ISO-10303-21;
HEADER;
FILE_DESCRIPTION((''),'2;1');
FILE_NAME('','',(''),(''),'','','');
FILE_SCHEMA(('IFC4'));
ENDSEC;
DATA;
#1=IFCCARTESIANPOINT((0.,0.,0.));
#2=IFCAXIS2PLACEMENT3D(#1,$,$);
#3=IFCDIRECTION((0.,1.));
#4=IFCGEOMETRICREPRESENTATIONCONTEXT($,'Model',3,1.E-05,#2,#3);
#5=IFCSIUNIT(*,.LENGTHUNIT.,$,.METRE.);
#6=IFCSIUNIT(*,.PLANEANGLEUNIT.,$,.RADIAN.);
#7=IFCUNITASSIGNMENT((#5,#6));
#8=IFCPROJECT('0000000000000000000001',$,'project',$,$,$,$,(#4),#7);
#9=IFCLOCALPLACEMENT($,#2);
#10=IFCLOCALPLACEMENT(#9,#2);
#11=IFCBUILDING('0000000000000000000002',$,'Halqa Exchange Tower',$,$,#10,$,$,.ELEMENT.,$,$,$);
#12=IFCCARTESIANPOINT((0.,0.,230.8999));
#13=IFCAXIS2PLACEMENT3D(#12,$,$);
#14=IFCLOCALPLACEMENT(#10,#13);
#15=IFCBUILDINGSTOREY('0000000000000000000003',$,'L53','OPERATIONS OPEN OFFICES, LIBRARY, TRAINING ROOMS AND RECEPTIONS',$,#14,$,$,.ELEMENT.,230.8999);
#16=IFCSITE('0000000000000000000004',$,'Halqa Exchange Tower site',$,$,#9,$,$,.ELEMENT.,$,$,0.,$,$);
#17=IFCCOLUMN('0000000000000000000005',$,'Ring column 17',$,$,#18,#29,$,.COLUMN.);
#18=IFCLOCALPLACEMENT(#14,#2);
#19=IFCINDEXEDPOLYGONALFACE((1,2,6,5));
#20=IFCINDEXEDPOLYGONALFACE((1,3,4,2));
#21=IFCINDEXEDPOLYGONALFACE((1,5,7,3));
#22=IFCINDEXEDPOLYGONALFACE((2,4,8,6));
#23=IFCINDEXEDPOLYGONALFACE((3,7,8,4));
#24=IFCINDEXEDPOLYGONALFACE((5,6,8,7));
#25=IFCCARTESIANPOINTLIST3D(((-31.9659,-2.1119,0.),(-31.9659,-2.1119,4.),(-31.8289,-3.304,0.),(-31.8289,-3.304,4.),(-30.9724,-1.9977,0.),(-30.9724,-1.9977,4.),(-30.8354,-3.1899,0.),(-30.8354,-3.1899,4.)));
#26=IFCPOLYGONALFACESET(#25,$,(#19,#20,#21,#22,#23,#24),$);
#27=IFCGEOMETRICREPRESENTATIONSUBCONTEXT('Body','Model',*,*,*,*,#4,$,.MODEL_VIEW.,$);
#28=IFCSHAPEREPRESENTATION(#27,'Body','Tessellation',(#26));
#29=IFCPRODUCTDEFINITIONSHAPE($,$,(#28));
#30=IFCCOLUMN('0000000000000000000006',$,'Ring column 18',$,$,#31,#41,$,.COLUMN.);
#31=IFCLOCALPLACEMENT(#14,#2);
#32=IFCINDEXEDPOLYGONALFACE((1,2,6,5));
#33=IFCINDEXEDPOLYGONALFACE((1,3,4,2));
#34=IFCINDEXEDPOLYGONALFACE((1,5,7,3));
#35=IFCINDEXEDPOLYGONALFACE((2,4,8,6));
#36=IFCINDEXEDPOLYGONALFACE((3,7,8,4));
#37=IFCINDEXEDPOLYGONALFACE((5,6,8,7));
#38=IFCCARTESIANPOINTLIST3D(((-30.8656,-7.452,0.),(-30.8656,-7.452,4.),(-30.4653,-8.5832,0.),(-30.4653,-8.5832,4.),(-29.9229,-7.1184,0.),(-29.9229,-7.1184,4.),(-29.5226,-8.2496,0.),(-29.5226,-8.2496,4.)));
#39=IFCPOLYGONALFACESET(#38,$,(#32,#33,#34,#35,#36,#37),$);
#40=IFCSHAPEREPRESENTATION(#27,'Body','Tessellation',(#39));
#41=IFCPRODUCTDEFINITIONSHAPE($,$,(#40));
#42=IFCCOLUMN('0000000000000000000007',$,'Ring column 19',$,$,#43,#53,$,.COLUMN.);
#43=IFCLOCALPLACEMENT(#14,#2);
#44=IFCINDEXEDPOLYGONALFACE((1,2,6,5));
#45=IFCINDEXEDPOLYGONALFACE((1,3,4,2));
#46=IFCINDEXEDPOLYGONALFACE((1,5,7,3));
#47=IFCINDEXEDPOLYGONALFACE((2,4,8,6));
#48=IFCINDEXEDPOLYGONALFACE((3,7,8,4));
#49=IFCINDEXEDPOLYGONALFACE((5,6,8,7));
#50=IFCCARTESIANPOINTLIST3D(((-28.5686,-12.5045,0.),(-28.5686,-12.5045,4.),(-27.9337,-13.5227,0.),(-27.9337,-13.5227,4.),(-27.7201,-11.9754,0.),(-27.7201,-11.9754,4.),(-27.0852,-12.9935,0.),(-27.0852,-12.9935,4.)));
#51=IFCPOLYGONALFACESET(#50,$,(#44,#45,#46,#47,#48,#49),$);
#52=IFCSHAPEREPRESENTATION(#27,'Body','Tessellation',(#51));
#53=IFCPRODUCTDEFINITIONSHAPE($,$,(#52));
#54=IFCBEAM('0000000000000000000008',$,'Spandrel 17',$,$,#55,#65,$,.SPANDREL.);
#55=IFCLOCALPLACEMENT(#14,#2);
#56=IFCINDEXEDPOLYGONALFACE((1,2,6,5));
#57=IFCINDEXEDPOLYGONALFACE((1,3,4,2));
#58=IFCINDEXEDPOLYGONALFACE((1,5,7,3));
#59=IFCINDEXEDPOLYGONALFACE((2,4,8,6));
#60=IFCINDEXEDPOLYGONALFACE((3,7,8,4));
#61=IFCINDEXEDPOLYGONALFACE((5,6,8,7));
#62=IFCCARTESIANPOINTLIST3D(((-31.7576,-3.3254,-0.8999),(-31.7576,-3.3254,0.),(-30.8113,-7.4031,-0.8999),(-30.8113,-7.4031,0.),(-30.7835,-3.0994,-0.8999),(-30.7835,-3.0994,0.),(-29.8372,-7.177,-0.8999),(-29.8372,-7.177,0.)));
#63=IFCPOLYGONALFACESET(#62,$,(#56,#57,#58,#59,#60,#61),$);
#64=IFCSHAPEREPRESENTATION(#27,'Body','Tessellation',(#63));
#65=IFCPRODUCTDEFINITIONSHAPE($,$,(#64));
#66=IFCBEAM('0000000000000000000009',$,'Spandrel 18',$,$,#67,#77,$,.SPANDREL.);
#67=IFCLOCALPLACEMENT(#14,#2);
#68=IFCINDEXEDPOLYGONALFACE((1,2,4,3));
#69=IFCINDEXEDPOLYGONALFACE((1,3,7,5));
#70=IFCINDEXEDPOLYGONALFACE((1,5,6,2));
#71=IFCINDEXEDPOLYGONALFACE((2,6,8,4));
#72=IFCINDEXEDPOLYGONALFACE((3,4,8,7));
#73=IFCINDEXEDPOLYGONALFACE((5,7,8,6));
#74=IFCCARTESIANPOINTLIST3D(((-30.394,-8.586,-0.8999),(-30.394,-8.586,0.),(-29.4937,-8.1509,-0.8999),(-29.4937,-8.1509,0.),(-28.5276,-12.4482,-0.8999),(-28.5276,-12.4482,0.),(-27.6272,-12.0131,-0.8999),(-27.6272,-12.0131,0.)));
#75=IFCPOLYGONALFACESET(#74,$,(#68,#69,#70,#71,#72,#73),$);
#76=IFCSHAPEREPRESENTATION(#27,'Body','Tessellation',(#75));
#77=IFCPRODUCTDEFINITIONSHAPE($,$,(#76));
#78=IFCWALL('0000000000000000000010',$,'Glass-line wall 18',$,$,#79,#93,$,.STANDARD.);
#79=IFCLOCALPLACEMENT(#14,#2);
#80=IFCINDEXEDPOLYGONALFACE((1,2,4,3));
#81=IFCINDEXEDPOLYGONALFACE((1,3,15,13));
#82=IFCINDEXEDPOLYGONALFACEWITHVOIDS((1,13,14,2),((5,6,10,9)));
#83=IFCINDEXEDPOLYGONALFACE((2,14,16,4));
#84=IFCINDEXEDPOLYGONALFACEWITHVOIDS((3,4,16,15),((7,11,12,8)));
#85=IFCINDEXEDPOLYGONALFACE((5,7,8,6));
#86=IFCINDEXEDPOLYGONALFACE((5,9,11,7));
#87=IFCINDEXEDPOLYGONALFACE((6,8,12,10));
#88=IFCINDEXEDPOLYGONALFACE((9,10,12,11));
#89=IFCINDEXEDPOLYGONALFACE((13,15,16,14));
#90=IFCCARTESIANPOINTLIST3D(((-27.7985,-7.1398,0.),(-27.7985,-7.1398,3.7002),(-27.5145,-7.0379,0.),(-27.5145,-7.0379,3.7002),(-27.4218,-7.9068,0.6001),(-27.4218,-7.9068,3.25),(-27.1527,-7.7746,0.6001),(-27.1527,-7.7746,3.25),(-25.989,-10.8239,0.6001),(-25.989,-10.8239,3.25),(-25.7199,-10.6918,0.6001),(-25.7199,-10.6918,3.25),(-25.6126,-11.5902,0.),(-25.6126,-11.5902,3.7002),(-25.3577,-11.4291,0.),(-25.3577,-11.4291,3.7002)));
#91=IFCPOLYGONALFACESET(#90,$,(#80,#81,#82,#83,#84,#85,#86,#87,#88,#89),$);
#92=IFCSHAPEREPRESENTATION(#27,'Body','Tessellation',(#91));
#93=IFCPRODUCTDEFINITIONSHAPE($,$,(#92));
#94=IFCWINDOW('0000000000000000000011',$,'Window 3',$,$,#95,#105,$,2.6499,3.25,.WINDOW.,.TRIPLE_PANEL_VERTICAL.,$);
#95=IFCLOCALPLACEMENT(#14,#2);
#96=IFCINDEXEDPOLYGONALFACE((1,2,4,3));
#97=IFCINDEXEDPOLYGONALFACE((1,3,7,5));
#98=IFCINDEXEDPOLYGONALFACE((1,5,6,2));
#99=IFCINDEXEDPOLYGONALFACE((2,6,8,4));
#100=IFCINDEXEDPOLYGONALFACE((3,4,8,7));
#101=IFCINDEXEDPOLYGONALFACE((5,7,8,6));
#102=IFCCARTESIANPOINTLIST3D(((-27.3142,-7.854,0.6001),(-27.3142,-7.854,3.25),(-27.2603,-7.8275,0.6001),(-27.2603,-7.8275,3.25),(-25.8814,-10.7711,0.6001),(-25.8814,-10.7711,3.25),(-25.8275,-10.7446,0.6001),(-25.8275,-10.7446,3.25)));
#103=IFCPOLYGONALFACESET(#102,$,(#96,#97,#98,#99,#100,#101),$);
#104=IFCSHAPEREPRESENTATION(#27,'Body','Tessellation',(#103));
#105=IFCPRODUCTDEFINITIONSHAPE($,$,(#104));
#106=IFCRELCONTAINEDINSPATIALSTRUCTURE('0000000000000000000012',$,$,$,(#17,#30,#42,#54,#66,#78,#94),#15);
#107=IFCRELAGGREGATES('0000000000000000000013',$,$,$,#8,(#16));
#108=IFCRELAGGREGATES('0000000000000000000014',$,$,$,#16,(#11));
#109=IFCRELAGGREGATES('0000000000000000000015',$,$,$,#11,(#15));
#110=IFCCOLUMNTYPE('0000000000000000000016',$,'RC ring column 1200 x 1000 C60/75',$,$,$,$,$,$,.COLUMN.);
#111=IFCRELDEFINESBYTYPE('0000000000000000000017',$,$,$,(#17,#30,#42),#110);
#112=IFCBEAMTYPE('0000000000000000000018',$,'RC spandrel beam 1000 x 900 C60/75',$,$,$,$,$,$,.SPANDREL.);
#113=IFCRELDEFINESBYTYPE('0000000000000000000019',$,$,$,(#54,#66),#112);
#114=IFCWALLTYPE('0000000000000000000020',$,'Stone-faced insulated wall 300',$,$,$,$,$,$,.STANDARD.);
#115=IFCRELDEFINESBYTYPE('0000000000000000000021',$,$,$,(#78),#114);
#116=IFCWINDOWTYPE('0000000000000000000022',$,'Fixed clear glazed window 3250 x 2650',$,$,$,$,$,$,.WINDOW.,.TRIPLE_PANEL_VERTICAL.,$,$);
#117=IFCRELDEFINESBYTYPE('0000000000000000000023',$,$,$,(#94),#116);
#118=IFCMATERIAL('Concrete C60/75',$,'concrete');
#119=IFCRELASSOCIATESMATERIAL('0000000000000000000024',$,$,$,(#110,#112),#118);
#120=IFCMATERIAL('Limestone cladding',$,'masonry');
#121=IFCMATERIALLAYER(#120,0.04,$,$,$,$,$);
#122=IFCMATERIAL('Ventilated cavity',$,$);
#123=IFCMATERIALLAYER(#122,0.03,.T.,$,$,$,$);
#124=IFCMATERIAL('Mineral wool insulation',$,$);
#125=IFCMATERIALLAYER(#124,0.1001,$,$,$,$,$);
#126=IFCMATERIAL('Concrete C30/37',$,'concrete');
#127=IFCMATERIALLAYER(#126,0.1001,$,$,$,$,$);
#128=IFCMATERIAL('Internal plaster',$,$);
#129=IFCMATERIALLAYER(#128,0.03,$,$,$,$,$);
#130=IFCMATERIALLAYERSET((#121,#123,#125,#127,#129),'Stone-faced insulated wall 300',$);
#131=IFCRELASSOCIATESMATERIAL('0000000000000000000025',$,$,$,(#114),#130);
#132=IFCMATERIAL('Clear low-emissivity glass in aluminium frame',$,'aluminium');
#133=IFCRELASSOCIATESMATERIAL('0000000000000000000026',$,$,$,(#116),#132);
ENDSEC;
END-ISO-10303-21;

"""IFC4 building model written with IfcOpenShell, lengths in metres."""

from ifc_helpers import new_model, si_unit, direction, frame, frame_2d, origin, origin_2d, place, context, subcontext, project, spatial, polyline, rectangle, outline, extrude, material, layer, layer_set, material_profile, profile_set, type_object, element, fill, save


model = new_model("IFC4")

# Units and contexts
model_context = context("Model", 3, precision=1e-05, world=origin(), true_north=direction((0.0, 1.0)))
body_context = subcontext(model_context, "Body", "Model", "MODEL_VIEW")
ifc_project = project(units=[si_unit("LENGTHUNIT", "METRE"), si_unit("PLANEANGLEUNIT", "RADIAN")], contexts=[model_context])

# Site, building, storey
site_placement = place(None, origin())
site = spatial("IfcSite", under=ifc_project, at=site_placement, Name="Halqa Exchange Tower site", CompositionType="ELEMENT", RefElevation=0.0)
building_placement = place(site_placement, origin())
building = spatial("IfcBuilding", under=site, at=building_placement, Name="Halqa Exchange Tower", CompositionType="ELEMENT")
storey_placement = place(building_placement, frame((0.0, 0.0, 230.8999)))
storey = spatial("IfcBuildingStorey", under=building, at=storey_placement, Name="L53", Description="OPERATIONS OPEN OFFICES, LIBRARY, TRAINING ROOMS AND RECEPTIONS", CompositionType="ELEMENT", Elevation=230.8999)

# Columns
ifc_material_1 = material(Name="Concrete C60/75", Category="concrete")
ifc_material_profile_1 = material_profile(ifc_material_1, rectangle(XDim=1.2, YDim=1.0, at=origin_2d()), Name="1200 x 1000")
ifc_profile_set_1 = profile_set([ifc_material_profile_1], Name="Concrete C60/75")
column_type = type_object("IfcColumnType", Name="RC ring column 1200 x 1000 C60/75", PredefinedType="COLUMN", material=ifc_profile_set_1)
for number, where, z_axis, x_axis, name in (
    (1, (-31.4006, -2.6509, 0.0), (0.0, 0.0, 1.0), (0.114153, -0.993463, 0.0), "Ring column 17"),
    (2, (-30.1941, -7.8508, 0.0), (0.0, 0.0, 1.0), (0.333631, -0.942704, 0.0), "Ring column 18"),
    (3, (-27.8269, -12.749, 0.0), (0.0, 0.0, 1.0), (0.529146, -0.848531, 0.0), "Ring column 19"),
):
    element("IfcColumn", number, at=place(storey_placement, frame(where, z_axis=z_axis, x_axis=x_axis)), inside=storey, type_object=column_type, Name=name, PredefinedType="COLUMN", context=body_context, shape_type="SweptSolid", body=[
        extrude(rectangle(XDim=1.2, YDim=1.0, at=origin_2d()), origin(), (0.0, 0.0, 1.0), 4.0),
    ])

# Beams
ifc_material_profile_2 = material_profile(ifc_material_1, rectangle(XDim=1.0, YDim=0.8999, at=origin_2d()), Name="1000 x 900")
ifc_profile_set_2 = profile_set([ifc_material_profile_2], Name="Concrete C60/75")
beam_type = type_object("IfcBeamType", Name="RC spandrel beam 1000 x 900 C60/75", PredefinedType="SPANDREL", material=ifc_profile_set_2)
beam_1_placement = place(storey_placement, frame((-31.2705, -3.2124, -0.45), z_axis=(0.226061, -0.974113, 0.0), x_axis=(0.974113, 0.226061, 0.0)))
element("IfcBeam", 4, at=beam_1_placement, inside=storey, type_object=beam_type, Name="Spandrel 17", PredefinedType="SPANDREL", context=body_context, shape_type="SweptSolid", body=[
    extrude(rectangle(XDim=1.0, YDim=0.8999, at=origin_2d()), origin(), (0.0, 0.0, 1.0), 4.186),
])
beam_2_placement = place(storey_placement, frame((-29.9438, -8.3684, -0.45), z_axis=(0.435107, -0.900379, 0.0), x_axis=(0.900379, 0.435107, 0.0)))
element("IfcBeam", 5, at=beam_2_placement, inside=storey, type_object=beam_type, Name="Spandrel 18", PredefinedType="SPANDREL", context=body_context, shape_type="SweptSolid", body=[
    extrude(rectangle(XDim=1.0, YDim=0.8999, at=origin_2d()), origin(), (0.0, 0.0, 1.0), 4.2896),
])

# Wall, opening, window
ifc_material_2 = material(Name="Limestone cladding", Category="masonry")
ifc_layer_1 = layer(ifc_material_2, 0.04)
ifc_material_3 = material(Name="Ventilated cavity")
ifc_layer_2 = layer(ifc_material_3, 0.03, ventilated=True)
ifc_material_4 = material(Name="Mineral wool insulation")
ifc_layer_3 = layer(ifc_material_4, 0.1001)
ifc_material_5 = material(Name="Concrete C30/37", Category="concrete")
ifc_layer_4 = layer(ifc_material_5, 0.1001)
ifc_material_6 = material(Name="Internal plaster")
ifc_layer_5 = layer(ifc_material_6, 0.03)
ifc_layer_set = layer_set([ifc_layer_1, ifc_layer_2, ifc_layer_3, ifc_layer_4, ifc_layer_5], Name="Stone-faced insulated wall 300")
wall_type = type_object("IfcWallType", Name="Stone-faced insulated wall 300", PredefinedType="STANDARD", material=ifc_layer_set)
wall_placement = place(storey_placement, frame((-27.6565, -7.0889, 0.0), z_axis=(0.0, 0.0, 1.0), x_axis=(0.440858, -0.897577, 0.0)))
wall = element("IfcWall", 6, at=wall_placement, inside=storey, type_object=wall_type, Name="Glass-line wall 18", PredefinedType="STANDARD", context=body_context, shape_type="SweptSolid", body=[
    extrude(outline(polyline([(-0.0168, -0.1499), (4.9414, -0.1499), (4.9092, 0.1499), (0.0168, 0.1499), (-0.0168, -0.1499)])), origin(), (0.0, 0.0, 1.0), 3.7002),
])
opening_placement = place(wall_placement, frame((0.8376, 0.0, 0.6001)))
opening = element("IfcOpeningElement", 7, at=opening_placement, cuts=wall, PredefinedType="OPENING", context=body_context, shape_type="SweptSolid", body=[
    extrude(rectangle(XDim=3.25, YDim=2.6499, at=frame_2d((1.625, 1.325))), frame((0.0, 0.1621, 0.0), z_axis=(0.0, -1.0, 0.0), x_axis=(1.0, 0.0, 0.0)), (0.0, 0.0, 1.0), 0.324),
])
ifc_material_7 = material(Name="Clear low-emissivity glass in aluminium frame", Category="aluminium")
window_type = type_object("IfcWindowType", Name="Fixed clear glazed window 3250 x 2650", PartitioningType="TRIPLE_PANEL_VERTICAL", PredefinedType="WINDOW", material=ifc_material_7)
window_placement = place(opening_placement, origin())
window = element("IfcWindow", 8, at=window_placement, inside=storey, type_object=window_type, Name="Window 3", OverallHeight=2.6499, OverallWidth=3.25, PartitioningType="TRIPLE_PANEL_VERTICAL", PredefinedType="WINDOW", context=body_context, shape_type="SweptSolid", body=[
    extrude(rectangle(XDim=3.25, YDim=2.6499, at=frame_2d((1.625, 1.325))), frame((0.0, 0.03, 0.0), z_axis=(0.0, -1.0, 0.0), x_axis=(1.0, 0.0, 0.0)), (0.0, 0.0, 1.0), 0.0601),
])
fill(opening, window)

save(model, "model.ifc")
